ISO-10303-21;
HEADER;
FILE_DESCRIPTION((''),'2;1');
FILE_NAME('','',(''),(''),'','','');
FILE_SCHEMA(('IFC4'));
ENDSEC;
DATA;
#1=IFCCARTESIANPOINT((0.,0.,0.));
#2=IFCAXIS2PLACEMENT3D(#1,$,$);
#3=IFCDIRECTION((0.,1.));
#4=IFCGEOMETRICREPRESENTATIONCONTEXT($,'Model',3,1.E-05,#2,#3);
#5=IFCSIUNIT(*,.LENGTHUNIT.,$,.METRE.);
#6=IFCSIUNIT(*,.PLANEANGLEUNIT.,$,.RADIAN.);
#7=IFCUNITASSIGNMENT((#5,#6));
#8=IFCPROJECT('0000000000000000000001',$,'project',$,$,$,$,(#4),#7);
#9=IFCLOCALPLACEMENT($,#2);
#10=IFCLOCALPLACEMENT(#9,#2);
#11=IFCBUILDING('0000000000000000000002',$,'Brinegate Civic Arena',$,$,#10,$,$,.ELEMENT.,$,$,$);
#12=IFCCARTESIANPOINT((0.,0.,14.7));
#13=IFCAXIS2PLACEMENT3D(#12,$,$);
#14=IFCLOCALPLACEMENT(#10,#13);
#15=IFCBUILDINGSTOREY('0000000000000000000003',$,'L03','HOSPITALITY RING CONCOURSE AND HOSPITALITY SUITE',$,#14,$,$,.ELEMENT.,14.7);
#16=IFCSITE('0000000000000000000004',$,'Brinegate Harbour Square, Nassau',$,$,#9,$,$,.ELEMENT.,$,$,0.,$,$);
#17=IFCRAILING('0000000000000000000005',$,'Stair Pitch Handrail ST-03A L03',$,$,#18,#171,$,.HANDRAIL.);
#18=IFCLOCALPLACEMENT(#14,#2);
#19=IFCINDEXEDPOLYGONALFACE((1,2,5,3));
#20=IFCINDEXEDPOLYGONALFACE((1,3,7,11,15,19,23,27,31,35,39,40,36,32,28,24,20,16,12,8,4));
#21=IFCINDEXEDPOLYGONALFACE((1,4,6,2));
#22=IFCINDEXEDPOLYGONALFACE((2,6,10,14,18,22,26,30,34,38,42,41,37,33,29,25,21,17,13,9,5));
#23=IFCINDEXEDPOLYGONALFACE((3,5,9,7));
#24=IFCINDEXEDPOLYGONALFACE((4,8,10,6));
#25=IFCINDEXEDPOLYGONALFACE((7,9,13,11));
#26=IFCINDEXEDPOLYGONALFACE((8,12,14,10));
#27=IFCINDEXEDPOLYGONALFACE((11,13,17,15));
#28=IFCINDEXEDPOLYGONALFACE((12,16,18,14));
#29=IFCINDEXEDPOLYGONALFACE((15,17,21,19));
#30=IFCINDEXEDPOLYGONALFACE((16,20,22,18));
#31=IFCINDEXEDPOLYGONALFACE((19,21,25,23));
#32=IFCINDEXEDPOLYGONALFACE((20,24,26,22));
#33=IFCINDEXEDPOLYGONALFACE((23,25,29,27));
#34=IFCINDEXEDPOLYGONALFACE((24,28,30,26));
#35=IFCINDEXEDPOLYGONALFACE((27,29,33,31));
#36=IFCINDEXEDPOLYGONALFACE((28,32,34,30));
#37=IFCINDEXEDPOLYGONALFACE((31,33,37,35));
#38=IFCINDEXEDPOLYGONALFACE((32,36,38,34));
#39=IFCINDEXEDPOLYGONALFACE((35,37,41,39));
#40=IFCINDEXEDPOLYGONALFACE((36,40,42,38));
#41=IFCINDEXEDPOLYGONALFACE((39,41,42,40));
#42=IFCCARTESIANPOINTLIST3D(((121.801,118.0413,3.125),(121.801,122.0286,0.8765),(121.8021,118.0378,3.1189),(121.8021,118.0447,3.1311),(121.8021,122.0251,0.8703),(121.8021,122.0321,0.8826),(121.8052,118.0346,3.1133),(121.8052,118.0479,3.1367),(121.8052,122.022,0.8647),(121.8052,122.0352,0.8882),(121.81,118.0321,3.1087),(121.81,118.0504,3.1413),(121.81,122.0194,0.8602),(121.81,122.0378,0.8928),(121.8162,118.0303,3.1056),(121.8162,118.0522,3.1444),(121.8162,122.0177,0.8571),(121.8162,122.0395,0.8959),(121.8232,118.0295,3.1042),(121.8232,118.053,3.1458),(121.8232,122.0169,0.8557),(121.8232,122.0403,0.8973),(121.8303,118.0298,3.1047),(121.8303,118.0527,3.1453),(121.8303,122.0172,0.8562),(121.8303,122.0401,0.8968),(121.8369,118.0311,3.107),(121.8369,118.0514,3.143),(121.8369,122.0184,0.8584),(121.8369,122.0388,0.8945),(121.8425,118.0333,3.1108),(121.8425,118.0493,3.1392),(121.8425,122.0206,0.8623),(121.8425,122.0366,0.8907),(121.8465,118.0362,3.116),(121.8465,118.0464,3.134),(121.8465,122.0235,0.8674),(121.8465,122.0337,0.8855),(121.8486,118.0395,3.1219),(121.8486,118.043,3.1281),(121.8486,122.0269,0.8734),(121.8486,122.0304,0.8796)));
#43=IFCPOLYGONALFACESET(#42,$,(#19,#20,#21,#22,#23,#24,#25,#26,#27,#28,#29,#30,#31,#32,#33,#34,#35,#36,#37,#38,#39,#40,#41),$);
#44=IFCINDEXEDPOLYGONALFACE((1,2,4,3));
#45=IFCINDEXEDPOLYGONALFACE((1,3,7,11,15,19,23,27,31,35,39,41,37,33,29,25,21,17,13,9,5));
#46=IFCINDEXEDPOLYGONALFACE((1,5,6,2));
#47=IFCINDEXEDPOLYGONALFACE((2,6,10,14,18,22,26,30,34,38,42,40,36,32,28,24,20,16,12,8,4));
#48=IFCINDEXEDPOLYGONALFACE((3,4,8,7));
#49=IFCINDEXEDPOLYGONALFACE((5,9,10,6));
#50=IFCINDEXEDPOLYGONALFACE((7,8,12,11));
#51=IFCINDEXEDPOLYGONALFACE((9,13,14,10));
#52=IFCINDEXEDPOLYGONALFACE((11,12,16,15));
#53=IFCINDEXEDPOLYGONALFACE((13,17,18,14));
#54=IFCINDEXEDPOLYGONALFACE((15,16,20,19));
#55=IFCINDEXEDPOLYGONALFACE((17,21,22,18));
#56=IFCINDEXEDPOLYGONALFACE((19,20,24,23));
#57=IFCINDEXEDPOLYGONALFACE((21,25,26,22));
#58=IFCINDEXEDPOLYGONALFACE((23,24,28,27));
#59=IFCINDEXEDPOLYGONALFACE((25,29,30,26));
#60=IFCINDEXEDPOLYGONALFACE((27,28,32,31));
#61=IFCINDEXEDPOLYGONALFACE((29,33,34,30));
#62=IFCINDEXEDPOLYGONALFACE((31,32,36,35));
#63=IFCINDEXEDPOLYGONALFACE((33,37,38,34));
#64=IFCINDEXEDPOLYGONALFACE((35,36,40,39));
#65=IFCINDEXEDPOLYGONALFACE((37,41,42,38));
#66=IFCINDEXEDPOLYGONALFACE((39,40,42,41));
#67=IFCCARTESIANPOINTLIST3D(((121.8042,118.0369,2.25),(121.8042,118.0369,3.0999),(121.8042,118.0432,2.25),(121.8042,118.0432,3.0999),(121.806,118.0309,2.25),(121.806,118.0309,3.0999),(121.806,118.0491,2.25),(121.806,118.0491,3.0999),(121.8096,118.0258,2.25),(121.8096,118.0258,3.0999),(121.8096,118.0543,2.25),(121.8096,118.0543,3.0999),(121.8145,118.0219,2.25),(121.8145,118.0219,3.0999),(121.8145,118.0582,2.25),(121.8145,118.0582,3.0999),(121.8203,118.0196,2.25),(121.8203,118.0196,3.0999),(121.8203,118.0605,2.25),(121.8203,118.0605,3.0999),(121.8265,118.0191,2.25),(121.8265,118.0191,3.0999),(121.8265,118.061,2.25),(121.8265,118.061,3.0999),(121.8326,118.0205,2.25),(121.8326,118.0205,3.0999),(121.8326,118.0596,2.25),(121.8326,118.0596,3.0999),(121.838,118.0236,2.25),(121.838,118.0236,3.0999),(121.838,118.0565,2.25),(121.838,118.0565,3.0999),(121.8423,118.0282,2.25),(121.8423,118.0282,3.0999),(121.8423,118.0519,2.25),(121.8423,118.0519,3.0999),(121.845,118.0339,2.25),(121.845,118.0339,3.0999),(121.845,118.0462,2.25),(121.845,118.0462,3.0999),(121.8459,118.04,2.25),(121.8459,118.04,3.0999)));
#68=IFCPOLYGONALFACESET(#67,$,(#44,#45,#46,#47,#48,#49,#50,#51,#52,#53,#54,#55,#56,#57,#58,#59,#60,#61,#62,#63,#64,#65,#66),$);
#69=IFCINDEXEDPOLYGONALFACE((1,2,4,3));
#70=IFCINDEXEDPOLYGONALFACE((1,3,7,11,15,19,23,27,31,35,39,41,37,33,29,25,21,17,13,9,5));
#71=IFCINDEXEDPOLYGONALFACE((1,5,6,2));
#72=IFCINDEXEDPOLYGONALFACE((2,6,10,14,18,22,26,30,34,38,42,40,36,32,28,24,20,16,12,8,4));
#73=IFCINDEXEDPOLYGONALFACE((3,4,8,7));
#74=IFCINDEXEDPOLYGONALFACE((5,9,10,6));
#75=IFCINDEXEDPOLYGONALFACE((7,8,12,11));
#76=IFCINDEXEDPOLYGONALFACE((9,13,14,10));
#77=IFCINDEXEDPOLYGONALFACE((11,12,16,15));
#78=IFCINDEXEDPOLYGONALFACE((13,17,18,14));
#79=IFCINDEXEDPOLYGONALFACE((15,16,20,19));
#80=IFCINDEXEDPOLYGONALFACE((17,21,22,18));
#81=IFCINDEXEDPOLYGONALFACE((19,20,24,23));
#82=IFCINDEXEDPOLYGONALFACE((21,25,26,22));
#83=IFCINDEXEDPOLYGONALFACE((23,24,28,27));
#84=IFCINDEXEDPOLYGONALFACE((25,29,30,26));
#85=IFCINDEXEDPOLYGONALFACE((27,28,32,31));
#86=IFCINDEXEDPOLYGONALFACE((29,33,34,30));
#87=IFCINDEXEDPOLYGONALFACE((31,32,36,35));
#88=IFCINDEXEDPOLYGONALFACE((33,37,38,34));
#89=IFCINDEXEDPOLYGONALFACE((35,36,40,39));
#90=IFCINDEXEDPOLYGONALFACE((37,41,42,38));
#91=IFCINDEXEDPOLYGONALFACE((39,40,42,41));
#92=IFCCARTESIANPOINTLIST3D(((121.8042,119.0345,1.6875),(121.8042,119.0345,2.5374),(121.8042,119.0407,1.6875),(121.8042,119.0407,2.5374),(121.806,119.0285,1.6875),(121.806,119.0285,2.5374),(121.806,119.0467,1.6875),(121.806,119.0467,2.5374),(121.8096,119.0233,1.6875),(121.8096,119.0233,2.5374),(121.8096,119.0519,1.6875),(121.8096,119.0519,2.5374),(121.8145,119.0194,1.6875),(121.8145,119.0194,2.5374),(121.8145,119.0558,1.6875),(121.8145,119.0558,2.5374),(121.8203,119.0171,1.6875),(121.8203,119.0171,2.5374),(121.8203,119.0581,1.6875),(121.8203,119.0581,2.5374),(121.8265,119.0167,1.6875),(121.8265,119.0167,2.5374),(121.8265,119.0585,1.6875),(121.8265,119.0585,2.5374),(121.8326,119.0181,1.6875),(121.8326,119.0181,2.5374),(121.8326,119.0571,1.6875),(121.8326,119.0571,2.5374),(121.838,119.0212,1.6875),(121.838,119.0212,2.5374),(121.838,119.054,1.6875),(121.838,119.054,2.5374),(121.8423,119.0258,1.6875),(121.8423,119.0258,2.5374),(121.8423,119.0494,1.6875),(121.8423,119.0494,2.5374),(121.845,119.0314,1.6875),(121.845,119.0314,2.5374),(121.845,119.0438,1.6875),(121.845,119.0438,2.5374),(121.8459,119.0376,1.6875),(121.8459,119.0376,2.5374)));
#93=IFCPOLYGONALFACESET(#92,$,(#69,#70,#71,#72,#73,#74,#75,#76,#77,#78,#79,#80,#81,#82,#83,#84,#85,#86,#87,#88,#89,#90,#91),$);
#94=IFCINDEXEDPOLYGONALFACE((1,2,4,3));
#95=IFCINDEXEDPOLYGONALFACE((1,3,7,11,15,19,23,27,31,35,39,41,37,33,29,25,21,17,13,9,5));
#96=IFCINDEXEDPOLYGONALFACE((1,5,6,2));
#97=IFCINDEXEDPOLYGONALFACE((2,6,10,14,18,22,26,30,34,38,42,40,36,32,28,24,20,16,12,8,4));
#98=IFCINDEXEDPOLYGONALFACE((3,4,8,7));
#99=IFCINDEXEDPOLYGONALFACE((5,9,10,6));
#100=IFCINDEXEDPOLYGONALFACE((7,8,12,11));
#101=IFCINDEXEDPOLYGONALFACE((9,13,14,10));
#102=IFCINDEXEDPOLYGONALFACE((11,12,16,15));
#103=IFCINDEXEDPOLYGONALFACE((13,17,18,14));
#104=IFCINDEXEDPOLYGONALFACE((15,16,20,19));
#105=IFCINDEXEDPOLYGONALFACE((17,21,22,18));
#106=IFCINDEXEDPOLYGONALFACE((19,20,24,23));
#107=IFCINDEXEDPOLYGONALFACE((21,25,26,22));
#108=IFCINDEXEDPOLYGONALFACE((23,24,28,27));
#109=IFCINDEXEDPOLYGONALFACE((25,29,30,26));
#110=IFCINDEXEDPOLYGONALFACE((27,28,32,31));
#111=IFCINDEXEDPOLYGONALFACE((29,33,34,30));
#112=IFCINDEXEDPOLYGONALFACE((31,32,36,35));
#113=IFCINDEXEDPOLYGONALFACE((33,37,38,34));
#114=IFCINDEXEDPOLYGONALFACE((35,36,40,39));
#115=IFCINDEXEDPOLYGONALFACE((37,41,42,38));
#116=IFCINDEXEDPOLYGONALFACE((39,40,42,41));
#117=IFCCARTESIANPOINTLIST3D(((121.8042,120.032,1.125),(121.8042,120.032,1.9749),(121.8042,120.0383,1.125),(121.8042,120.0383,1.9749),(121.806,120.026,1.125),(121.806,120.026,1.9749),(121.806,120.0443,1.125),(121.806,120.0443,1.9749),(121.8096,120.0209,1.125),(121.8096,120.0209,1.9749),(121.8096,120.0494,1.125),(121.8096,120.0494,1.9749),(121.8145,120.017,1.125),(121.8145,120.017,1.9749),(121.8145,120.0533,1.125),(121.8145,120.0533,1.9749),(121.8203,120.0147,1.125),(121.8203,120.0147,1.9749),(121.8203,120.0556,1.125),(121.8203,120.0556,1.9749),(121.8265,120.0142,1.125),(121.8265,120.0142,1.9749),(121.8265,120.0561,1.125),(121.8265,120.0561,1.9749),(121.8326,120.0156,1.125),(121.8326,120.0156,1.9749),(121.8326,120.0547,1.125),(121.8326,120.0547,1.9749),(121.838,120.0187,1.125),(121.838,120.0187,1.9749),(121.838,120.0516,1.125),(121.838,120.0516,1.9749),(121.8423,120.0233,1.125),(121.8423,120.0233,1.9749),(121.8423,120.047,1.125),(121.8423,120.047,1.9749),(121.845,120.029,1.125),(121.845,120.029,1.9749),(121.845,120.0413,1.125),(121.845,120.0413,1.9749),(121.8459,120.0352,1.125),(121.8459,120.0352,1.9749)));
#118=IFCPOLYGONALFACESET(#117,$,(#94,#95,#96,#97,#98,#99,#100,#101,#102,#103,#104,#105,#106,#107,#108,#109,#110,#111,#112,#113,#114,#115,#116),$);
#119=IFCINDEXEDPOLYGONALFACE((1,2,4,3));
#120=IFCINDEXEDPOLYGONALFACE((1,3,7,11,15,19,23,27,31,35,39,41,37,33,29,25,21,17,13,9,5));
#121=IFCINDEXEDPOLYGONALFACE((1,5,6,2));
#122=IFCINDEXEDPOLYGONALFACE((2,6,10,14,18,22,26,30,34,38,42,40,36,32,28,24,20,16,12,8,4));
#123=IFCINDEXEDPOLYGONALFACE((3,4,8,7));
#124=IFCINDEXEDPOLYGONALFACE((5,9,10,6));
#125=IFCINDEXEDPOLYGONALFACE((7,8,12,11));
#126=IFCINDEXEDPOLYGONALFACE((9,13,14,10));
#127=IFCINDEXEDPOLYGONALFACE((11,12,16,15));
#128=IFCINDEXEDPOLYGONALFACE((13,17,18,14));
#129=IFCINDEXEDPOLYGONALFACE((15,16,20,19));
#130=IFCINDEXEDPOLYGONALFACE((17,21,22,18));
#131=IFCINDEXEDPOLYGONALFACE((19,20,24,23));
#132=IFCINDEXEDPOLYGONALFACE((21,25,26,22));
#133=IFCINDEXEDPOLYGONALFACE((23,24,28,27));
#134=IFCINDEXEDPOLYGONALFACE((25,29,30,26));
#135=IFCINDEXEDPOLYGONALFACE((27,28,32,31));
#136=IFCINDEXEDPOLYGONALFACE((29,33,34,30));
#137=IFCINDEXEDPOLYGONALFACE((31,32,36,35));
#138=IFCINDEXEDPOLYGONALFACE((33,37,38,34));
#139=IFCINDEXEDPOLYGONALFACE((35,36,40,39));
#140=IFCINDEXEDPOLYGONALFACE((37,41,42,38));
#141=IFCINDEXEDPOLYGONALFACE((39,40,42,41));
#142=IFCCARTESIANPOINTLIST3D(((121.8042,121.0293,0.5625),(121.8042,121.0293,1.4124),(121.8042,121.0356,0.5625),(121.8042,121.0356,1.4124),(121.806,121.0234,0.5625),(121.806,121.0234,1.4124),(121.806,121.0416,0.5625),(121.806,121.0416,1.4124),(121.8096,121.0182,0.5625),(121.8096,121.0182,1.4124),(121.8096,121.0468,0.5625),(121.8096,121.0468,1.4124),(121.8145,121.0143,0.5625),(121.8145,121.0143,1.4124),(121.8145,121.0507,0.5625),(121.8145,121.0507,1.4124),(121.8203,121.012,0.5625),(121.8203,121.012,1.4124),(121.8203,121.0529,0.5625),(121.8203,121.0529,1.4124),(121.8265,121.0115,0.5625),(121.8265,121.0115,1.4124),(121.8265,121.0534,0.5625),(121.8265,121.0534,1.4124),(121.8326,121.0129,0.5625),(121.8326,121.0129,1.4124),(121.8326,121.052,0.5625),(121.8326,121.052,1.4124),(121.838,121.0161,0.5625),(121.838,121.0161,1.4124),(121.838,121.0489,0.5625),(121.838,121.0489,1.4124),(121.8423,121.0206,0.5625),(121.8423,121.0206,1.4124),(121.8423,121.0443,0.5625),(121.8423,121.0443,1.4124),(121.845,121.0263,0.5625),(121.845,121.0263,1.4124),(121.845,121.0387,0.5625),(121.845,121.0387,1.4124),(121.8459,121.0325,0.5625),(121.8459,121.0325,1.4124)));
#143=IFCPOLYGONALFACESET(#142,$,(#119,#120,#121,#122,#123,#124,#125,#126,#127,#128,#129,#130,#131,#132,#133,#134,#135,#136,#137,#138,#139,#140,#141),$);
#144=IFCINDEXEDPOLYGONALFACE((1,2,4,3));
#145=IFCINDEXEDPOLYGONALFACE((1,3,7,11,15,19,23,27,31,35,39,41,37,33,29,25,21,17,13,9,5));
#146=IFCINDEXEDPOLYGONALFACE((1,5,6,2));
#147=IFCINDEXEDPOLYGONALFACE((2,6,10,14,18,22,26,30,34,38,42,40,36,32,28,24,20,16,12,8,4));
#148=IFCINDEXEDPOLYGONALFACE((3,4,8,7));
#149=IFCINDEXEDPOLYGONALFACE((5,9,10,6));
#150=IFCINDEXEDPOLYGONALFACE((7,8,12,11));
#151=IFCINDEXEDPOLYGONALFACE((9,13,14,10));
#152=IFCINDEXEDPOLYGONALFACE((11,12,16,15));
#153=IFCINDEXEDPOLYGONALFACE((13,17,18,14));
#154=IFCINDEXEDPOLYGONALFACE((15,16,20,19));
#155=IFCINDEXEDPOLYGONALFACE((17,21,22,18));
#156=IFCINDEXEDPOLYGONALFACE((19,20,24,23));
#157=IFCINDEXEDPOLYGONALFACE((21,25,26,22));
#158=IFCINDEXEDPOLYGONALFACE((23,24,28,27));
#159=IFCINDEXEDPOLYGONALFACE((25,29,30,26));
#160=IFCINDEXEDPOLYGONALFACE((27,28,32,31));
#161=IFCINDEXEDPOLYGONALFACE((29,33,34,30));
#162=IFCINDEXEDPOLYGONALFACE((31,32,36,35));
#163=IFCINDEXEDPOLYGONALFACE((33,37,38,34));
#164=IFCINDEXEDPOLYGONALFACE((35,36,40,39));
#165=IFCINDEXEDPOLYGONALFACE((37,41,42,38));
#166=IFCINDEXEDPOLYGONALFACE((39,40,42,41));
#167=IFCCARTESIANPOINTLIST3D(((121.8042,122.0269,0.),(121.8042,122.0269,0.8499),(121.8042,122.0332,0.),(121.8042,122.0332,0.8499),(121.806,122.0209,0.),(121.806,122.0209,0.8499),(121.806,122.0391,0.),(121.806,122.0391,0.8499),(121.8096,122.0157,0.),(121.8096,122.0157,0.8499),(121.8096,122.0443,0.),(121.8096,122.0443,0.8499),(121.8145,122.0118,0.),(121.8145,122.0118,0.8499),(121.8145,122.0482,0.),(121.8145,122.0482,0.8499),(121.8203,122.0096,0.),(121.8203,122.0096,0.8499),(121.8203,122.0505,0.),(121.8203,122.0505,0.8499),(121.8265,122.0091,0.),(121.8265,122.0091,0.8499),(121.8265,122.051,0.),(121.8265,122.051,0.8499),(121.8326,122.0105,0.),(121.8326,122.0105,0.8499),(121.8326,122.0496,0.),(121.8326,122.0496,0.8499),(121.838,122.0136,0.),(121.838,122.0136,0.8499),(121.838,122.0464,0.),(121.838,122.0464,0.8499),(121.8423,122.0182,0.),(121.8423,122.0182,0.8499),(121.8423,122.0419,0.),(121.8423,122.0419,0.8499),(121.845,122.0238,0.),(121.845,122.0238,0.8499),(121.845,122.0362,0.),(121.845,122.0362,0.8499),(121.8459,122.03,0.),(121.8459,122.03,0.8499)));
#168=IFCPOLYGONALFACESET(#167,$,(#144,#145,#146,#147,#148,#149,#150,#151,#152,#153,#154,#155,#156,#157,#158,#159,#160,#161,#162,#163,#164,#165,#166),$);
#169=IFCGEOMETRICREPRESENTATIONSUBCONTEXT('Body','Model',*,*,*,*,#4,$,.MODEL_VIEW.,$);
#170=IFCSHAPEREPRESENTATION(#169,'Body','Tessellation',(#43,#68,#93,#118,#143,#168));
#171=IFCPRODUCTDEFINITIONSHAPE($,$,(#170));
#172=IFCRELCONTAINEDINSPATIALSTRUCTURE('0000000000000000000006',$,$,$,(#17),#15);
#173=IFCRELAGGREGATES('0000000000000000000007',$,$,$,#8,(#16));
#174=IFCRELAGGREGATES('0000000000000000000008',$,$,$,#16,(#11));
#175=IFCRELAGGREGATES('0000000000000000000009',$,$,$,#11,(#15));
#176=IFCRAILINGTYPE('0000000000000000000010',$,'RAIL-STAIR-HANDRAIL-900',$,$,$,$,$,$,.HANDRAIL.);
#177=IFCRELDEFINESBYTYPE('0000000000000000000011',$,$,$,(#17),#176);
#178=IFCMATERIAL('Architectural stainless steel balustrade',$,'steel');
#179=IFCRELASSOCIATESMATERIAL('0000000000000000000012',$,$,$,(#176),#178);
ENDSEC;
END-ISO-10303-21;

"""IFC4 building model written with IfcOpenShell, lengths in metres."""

from ifc_helpers import new_model, si_unit, direction, frame, origin, origin_2d, place, context, subcontext, project, spatial, circle, extrude, material, type_object, element, save


model = new_model("IFC4")

# Units and contexts
model_context = context("Model", 3, precision=1e-05, world=origin(), true_north=direction((0.0, 1.0)))
body_context = subcontext(model_context, "Body", "Model", "MODEL_VIEW")
ifc_project = project(units=[si_unit("LENGTHUNIT", "METRE"), si_unit("PLANEANGLEUNIT", "RADIAN")], contexts=[model_context])

# Site, building, storey
site_placement = place(None, origin())
site = spatial("IfcSite", under=ifc_project, at=site_placement, Name="Brinegate Harbour Square, Nassau", CompositionType="ELEMENT", RefElevation=0.0)
building_placement = place(site_placement, origin())
building = spatial("IfcBuilding", under=site, at=building_placement, Name="Brinegate Civic Arena", CompositionType="ELEMENT")
storey_placement = place(building_placement, frame((0.0, 0.0, 14.7)))
storey = spatial("IfcBuildingStorey", under=building, at=storey_placement, Name="L03", Description="HOSPITALITY RING CONCOURSE AND HOSPITALITY SUITE", CompositionType="ELEMENT", Elevation=14.7)

# Railing
ifc_material_1 = material(Name="Architectural stainless steel balustrade", Category="steel")
railing_type_1 = type_object("IfcRailingType", Name="RAIL-STAIR-HANDRAIL-900", PredefinedType="HANDRAIL", material=ifc_material_1)
for number, where, name in (
    (1, (121.825, 118.04, 2.25), "Stair Pitch Handrail ST-03A L03"),
):
    element("IfcRailing", number, at=place(storey_placement, frame(where)), inside=storey, type_object=railing_type_1, Name=name, PredefinedType="HANDRAIL", context=body_context, shape_type="SweptSolid", body=[
        extrude(circle(Radius=0.0239, at=origin_2d()), frame((0.0, 0.0012, 0.875), z_axis=(0.0, 0.87105, -0.491195), x_axis=(-1.0, 0.0, 0.0)), (0.0, 0.0, 1.0), 4.5776),
        extrude(circle(Radius=0.021, at=origin_2d()), origin(), (0.0, 0.0, 1.0), 0.8499),
        extrude(circle(Radius=0.021, at=origin_2d()), frame((0.0, 0.9976, -0.5625)), (0.0, 0.0, 1.0), 0.8499),
        extrude(circle(Radius=0.021, at=origin_2d()), frame((0.0, 1.9951, -1.125)), (0.0, 0.0, 1.0), 0.8499),
        extrude(circle(Radius=0.021, at=origin_2d()), frame((0.0, 2.9924, -1.6875)), (0.0, 0.0, 1.0), 0.8499),
        extrude(circle(Radius=0.021, at=origin_2d()), frame((0.0, 3.99, -2.25)), (0.0, 0.0, 1.0), 0.8499),
    ])

save(model, "model.ifc")
